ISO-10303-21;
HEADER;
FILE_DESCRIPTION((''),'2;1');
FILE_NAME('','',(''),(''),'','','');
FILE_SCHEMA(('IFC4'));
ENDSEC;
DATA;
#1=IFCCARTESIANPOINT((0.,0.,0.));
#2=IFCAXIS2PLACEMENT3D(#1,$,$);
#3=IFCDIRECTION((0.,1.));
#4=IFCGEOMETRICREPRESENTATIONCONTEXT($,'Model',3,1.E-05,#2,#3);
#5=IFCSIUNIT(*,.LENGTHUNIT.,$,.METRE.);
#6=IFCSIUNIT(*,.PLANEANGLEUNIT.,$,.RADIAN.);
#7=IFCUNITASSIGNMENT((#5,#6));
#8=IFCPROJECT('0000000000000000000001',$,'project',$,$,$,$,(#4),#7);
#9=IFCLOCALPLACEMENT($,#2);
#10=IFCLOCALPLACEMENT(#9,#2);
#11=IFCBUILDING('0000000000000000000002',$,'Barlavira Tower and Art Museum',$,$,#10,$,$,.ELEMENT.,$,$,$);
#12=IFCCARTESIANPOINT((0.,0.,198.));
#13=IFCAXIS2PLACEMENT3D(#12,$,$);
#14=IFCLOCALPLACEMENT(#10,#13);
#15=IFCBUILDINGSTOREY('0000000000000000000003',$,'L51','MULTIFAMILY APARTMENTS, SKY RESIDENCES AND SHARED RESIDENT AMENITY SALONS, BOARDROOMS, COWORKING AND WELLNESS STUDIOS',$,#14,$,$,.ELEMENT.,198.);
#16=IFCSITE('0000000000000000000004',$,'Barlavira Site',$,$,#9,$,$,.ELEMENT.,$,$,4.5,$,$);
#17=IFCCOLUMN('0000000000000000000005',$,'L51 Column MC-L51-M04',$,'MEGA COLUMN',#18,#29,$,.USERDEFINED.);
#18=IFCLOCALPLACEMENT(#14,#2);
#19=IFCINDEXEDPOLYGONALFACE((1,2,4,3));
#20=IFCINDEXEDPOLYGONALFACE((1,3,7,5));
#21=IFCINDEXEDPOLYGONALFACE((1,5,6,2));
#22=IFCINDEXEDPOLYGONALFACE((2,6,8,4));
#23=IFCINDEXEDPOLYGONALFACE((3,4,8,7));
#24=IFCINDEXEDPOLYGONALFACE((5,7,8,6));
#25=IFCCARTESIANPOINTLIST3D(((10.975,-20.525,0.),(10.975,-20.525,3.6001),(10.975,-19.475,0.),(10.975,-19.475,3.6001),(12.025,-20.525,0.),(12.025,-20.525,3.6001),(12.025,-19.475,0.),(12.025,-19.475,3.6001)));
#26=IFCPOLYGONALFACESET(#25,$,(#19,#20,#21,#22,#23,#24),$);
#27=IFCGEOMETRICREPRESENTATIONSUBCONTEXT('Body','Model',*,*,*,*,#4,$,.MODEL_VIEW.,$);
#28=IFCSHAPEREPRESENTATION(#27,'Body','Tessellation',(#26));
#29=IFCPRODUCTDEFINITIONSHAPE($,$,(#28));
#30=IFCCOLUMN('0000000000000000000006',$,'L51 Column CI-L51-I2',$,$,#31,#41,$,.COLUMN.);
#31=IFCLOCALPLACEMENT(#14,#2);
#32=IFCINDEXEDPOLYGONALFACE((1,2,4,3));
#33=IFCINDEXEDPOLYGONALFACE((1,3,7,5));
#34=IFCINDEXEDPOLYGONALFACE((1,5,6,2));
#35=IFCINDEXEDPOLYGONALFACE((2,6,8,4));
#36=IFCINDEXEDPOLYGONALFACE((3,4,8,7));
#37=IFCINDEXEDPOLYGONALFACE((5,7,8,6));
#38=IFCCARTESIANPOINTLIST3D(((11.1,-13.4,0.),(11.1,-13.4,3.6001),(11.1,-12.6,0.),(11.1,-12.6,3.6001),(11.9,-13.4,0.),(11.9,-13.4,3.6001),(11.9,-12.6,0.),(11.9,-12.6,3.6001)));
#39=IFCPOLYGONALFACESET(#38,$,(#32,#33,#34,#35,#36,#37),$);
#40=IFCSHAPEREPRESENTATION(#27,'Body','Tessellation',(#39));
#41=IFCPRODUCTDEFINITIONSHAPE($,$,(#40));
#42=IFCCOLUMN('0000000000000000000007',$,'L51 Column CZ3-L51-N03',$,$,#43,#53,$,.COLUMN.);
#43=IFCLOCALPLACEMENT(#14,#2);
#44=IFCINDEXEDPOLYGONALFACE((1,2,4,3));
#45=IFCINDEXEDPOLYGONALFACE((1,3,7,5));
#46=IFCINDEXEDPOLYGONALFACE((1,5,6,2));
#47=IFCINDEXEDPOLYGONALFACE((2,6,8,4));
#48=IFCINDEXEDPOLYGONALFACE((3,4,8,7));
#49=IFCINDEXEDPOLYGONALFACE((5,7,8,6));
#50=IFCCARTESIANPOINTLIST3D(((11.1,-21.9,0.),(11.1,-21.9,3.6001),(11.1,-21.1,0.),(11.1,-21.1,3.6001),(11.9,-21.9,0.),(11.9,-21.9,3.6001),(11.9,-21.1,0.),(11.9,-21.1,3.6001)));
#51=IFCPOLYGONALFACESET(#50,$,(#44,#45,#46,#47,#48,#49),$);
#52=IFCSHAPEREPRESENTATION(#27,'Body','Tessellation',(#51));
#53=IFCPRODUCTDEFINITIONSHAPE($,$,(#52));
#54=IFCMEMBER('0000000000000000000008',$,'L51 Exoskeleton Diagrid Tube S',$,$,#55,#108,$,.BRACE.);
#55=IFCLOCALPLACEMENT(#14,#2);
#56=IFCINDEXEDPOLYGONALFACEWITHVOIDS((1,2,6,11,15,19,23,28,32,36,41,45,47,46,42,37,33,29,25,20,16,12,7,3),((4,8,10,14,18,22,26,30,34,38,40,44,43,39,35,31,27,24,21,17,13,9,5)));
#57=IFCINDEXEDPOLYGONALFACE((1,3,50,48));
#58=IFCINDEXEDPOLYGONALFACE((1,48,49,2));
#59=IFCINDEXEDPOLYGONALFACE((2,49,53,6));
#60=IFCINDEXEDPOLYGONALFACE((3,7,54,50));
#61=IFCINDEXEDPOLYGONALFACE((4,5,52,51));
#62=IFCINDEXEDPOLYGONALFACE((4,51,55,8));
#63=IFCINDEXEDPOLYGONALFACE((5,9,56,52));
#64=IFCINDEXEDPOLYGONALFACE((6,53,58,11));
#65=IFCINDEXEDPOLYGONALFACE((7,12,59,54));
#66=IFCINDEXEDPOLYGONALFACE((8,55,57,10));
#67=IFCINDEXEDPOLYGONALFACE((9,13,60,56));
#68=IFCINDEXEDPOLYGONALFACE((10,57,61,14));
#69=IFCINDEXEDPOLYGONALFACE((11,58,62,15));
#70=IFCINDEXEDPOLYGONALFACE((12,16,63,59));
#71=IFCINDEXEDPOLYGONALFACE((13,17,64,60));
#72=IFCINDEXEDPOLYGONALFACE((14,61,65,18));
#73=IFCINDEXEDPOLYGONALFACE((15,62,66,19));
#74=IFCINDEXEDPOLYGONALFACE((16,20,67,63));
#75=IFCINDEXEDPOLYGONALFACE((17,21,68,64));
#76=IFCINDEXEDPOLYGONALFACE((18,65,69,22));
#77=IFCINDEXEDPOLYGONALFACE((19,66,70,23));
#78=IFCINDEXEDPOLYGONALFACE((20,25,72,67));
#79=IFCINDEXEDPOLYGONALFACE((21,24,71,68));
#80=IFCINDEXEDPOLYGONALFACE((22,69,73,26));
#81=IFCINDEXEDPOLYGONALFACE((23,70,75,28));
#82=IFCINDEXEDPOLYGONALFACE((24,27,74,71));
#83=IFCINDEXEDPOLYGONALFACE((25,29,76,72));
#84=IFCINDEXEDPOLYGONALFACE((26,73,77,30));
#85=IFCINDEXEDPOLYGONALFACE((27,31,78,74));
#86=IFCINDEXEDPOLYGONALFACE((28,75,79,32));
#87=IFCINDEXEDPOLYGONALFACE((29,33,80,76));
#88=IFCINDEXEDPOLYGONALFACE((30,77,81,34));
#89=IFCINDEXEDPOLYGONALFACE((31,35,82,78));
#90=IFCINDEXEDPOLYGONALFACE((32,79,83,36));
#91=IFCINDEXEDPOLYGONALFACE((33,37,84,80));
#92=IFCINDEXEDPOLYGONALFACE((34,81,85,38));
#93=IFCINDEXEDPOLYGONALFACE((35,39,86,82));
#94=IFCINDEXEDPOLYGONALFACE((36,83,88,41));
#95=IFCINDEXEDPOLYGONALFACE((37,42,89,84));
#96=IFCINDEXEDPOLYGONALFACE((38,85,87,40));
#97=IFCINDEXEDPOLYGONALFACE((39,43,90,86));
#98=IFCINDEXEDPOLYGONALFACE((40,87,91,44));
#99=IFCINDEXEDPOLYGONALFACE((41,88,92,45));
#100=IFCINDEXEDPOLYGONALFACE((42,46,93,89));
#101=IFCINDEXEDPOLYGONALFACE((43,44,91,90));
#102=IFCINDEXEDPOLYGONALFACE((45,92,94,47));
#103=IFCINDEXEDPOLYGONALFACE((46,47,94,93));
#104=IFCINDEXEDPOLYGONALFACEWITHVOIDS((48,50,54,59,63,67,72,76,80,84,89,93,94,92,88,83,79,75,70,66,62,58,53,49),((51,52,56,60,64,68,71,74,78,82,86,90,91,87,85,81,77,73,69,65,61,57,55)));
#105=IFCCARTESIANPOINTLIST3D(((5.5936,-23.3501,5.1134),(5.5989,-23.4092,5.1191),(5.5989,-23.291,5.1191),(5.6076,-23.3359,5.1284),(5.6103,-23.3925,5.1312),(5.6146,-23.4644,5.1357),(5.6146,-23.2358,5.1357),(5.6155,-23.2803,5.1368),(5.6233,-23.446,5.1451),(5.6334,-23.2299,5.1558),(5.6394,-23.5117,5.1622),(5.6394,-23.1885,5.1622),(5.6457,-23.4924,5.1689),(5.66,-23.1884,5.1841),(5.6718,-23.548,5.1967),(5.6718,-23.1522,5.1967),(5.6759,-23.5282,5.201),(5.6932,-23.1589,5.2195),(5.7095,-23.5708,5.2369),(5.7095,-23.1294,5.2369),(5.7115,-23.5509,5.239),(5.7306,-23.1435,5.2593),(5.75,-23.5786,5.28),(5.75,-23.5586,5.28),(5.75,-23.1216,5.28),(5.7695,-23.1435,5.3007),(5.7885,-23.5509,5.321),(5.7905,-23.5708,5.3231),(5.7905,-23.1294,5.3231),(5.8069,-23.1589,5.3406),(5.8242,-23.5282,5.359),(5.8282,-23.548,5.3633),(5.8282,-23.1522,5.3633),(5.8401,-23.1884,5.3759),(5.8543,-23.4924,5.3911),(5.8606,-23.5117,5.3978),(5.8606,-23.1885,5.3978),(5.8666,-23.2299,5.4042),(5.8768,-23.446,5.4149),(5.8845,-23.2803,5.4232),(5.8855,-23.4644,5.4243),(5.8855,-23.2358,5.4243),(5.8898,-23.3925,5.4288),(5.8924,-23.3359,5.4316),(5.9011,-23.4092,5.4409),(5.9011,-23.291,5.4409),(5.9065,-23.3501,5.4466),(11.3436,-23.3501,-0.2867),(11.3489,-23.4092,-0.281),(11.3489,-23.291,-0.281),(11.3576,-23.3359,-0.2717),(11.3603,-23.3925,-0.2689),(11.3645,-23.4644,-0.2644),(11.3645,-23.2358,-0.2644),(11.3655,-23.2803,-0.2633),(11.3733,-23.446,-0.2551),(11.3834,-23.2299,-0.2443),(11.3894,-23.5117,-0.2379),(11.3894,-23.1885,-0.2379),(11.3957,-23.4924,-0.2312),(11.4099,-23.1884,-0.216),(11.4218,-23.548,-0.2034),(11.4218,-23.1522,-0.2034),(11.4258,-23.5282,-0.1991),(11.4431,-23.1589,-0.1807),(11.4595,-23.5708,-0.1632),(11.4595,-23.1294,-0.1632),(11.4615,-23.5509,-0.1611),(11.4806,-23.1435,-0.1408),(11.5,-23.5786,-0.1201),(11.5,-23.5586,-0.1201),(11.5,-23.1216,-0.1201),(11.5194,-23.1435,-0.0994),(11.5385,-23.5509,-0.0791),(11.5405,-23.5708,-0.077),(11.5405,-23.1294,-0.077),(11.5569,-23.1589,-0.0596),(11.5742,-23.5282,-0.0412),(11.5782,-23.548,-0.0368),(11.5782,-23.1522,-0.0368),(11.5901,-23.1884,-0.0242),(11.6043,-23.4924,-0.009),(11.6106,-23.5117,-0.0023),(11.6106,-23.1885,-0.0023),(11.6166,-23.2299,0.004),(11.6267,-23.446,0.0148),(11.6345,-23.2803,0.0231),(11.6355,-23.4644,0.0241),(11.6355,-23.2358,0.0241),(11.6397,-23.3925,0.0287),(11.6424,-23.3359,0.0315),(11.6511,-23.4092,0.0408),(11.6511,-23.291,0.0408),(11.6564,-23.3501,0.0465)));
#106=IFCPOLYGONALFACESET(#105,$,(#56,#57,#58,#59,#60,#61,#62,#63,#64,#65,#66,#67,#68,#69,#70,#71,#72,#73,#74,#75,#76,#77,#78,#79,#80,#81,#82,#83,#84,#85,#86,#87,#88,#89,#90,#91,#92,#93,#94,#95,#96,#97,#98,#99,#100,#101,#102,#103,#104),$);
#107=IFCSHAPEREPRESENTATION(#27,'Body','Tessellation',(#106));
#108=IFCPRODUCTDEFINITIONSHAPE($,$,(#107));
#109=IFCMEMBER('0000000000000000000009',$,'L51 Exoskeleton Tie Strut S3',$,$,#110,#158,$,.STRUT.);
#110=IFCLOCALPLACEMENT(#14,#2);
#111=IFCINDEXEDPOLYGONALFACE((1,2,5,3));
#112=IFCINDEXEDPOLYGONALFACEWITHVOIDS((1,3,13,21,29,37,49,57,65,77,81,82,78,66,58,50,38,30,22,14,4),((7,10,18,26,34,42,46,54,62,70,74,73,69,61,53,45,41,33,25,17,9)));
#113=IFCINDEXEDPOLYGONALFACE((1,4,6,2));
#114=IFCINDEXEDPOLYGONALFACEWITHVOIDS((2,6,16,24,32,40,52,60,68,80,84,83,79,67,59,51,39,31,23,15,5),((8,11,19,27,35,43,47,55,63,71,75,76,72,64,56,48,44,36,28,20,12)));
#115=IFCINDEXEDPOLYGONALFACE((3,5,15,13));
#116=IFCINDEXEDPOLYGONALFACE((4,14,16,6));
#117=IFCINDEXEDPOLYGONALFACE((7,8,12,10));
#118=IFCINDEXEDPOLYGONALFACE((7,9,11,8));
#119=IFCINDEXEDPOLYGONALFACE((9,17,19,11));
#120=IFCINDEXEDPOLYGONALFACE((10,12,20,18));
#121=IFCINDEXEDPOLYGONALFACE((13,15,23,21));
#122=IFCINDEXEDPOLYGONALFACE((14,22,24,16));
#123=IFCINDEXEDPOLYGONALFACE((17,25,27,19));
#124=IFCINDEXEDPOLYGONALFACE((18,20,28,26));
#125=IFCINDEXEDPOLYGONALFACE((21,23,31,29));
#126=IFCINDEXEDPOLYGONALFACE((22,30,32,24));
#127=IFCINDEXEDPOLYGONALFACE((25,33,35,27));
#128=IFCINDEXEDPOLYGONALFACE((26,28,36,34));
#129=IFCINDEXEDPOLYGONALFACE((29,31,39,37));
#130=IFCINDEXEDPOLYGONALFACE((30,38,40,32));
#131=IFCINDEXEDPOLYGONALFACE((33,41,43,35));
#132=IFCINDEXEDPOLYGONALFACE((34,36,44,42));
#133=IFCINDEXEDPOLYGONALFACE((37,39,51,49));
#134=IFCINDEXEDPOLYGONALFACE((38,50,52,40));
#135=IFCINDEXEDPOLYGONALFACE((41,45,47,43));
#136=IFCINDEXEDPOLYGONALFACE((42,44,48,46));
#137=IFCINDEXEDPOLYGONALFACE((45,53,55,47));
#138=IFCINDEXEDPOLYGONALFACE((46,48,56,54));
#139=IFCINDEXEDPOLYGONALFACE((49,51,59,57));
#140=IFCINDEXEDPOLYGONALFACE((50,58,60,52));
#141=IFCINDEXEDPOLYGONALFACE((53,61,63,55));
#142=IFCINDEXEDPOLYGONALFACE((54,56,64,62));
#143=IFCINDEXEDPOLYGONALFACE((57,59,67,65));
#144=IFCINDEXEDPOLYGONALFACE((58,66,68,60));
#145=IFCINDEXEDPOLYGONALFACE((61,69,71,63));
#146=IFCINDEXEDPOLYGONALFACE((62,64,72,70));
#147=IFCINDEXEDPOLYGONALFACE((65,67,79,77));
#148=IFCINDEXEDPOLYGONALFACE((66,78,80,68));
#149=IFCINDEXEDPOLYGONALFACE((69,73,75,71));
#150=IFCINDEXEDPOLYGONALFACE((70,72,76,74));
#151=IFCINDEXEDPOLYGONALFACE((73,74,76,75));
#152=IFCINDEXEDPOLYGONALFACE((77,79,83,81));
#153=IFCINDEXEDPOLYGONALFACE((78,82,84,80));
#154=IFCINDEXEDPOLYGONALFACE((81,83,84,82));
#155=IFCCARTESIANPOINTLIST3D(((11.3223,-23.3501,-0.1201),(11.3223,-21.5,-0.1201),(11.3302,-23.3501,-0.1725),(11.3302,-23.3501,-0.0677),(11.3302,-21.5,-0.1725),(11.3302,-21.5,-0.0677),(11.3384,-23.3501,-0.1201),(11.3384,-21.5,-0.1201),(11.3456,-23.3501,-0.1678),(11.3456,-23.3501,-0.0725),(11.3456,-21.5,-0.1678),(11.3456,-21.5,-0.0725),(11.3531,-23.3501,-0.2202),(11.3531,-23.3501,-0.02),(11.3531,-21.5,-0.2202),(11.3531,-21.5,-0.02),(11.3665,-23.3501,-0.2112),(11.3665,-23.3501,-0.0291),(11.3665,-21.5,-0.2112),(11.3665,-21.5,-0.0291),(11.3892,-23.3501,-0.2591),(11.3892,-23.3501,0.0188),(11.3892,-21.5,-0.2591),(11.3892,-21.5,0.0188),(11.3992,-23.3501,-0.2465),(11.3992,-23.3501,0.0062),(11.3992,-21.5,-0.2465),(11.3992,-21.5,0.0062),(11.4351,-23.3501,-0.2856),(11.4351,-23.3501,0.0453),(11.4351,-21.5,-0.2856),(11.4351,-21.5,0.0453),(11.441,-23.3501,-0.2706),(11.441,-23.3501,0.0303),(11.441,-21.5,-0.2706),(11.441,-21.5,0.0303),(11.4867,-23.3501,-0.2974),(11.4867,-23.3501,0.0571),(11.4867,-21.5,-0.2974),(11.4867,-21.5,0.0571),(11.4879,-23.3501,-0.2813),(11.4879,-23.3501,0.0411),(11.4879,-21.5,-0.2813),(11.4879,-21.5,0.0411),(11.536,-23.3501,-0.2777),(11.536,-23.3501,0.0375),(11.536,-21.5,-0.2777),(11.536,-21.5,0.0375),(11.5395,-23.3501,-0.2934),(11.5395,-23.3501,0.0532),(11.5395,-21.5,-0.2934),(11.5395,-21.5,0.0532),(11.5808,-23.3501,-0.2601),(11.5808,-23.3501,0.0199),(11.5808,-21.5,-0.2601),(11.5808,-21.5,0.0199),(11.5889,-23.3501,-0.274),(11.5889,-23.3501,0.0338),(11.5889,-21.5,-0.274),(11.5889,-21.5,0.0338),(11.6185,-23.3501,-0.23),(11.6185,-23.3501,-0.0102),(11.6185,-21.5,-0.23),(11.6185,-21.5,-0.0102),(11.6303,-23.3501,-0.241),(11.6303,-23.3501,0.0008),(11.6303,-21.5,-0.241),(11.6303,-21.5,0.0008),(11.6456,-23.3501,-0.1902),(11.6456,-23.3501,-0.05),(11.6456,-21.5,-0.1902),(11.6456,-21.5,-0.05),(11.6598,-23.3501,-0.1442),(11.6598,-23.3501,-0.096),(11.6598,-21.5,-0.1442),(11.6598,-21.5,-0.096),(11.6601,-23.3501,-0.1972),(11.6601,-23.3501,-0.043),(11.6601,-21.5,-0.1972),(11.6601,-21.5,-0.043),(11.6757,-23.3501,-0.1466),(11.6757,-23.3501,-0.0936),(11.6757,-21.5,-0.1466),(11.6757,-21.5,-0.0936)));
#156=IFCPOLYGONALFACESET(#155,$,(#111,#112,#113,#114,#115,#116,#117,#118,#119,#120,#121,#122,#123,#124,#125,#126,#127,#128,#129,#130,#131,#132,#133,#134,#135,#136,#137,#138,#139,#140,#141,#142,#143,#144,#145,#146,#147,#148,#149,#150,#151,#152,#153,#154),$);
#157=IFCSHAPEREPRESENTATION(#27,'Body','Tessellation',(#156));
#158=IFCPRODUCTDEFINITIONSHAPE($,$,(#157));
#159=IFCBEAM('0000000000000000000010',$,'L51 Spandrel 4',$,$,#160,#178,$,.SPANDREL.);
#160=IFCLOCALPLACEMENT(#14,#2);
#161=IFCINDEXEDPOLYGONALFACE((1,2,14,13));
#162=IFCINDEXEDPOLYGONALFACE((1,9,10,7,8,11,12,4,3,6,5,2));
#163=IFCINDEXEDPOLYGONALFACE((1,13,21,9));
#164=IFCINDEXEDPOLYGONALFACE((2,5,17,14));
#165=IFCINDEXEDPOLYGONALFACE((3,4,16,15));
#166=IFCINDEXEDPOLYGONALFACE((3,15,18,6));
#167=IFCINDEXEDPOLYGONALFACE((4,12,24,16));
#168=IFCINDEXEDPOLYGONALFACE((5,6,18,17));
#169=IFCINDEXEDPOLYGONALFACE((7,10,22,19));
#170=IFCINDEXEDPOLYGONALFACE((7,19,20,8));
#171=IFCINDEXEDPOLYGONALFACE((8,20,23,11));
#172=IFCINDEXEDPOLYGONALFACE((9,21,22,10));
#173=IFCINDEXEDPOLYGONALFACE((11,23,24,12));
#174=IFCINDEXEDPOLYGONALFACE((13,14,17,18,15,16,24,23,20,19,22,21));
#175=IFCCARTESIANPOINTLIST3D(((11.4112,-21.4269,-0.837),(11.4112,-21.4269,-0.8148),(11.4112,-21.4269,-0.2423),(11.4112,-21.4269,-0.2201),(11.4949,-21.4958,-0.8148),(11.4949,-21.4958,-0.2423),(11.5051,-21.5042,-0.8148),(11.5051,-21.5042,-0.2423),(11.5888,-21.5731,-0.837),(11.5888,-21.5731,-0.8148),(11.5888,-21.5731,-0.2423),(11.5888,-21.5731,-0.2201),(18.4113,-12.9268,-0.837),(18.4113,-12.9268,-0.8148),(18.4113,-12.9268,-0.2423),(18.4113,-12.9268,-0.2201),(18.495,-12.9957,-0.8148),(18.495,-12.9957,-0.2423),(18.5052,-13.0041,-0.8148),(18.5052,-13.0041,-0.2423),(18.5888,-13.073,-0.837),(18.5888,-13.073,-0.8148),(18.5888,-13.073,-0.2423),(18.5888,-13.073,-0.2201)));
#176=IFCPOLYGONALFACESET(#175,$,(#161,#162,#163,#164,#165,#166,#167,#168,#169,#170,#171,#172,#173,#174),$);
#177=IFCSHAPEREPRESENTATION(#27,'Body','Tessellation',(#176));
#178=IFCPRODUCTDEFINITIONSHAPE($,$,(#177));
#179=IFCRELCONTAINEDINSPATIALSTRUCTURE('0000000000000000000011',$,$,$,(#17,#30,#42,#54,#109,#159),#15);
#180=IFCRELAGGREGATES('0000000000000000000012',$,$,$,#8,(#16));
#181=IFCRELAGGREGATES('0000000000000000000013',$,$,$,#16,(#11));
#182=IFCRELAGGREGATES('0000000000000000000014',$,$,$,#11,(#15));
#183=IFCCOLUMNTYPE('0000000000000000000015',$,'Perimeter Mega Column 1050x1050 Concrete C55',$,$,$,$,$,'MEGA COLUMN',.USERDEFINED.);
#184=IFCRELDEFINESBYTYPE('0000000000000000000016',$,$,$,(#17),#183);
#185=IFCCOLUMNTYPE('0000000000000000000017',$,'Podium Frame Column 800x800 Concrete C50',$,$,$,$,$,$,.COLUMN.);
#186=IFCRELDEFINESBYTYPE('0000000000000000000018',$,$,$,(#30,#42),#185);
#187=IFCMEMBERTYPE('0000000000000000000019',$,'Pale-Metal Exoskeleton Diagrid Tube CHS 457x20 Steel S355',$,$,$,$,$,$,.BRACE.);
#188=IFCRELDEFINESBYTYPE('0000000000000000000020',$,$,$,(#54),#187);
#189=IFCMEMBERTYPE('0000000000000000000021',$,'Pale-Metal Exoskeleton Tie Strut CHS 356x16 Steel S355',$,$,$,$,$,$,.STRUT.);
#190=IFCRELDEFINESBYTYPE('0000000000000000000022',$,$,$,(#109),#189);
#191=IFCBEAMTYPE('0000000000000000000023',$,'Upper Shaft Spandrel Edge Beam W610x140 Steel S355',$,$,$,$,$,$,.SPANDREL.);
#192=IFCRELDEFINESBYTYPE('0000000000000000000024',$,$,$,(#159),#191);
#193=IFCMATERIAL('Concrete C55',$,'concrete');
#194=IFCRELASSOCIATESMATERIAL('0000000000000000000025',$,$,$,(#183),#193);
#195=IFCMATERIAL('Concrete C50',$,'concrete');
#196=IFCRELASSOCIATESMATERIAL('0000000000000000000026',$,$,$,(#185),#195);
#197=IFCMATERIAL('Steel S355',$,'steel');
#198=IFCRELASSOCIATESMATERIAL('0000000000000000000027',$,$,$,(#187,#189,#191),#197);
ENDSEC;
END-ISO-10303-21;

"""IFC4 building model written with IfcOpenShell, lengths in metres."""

from ifc_helpers import new_model, si_unit, direction, frame, origin, origin_2d, place, context, subcontext, project, spatial, rectangle, hollow_circle, i_section, extrude, material, material_profile, profile_set, type_object, element, save


model = new_model("IFC4")

# Units and contexts
model_context = context("Model", 3, precision=1e-05, world=origin(), true_north=direction((0.0, 1.0)))
body_context = subcontext(model_context, "Body", "Model", "MODEL_VIEW")
ifc_project = project(units=[si_unit("LENGTHUNIT", "METRE"), si_unit("PLANEANGLEUNIT", "RADIAN")], contexts=[model_context])

# Site, building, storey
site_placement = place(None, origin())
site = spatial("IfcSite", under=ifc_project, at=site_placement, Name="Barlavira Site", CompositionType="ELEMENT", RefElevation=4.5)
building_placement = place(site_placement, origin())
building = spatial("IfcBuilding", under=site, at=building_placement, Name="Barlavira Tower and Art Museum", CompositionType="ELEMENT")
storey_placement = place(building_placement, frame((0.0, 0.0, 198.0)))
storey = spatial("IfcBuildingStorey", under=building, at=storey_placement, Name="L51", Description="MULTIFAMILY APARTMENTS, SKY RESIDENCES AND SHARED RESIDENT AMENITY SALONS, BOARDROOMS, COWORKING AND WELLNESS STUDIOS", CompositionType="ELEMENT", Elevation=198.0)

# Columns
ifc_material_1 = material(Name="Concrete C55", Category="concrete")
ifc_material_profile_1 = material_profile(ifc_material_1, rectangle(XDim=1.05, YDim=1.05, at=origin_2d()), Name="RC-COL 1050x1050")
ifc_profile_set_1 = profile_set([ifc_material_profile_1], Name="Concrete C55")
column_type_1 = type_object("IfcColumnType", Name="Perimeter Mega Column 1050x1050 Concrete C55", ElementType="MEGA COLUMN", PredefinedType="USERDEFINED", material=ifc_profile_set_1)
column_placement = place(storey_placement, frame((11.5, -20.0, 0.0), z_axis=(0.0, 0.0, 1.0), x_axis=(1.0, 0.0, 0.0)))
element("IfcColumn", 1, at=column_placement, inside=storey, type_object=column_type_1, Name="L51 Column MC-L51-M04", ObjectType="MEGA COLUMN", PredefinedType="USERDEFINED", context=body_context, shape_type="SweptSolid", body=[
    extrude(rectangle(XDim=1.05, YDim=1.05, at=origin_2d()), origin(), (0.0, 0.0, 1.0), 3.6001),
])
ifc_material_2 = material(Name="Concrete C50", Category="concrete")
ifc_material_profile_2 = material_profile(ifc_material_2, rectangle(XDim=0.8, YDim=0.8, at=origin_2d()), Name="RC-COL 800x800")
ifc_profile_set_2 = profile_set([ifc_material_profile_2], Name="Concrete C50")
column_type_2 = type_object("IfcColumnType", Name="Podium Frame Column 800x800 Concrete C50", PredefinedType="COLUMN", material=ifc_profile_set_2)
for number, where, z_axis, x_axis, name in (
    (2, (11.5, -13.0, 0.0), (0.0, 0.0, 1.0), (1.0, 0.0, 0.0), "L51 Column CI-L51-I2"),
    (3, (11.5, -21.5, 0.0), (0.0, 0.0, 1.0), (1.0, 0.0, 0.0), "L51 Column CZ3-L51-N03"),
):
    element("IfcColumn", number, at=place(storey_placement, frame(where, z_axis=z_axis, x_axis=x_axis)), inside=storey, type_object=column_type_2, Name=name, PredefinedType="COLUMN", context=body_context, shape_type="SweptSolid", body=[
        extrude(rectangle(XDim=0.8, YDim=0.8, at=origin_2d()), origin(), (0.0, 0.0, 1.0), 3.6001),
    ])

# Members
ifc_material_3 = material(Name="Steel S355", Category="steel")
ifc_material_profile_3 = material_profile(ifc_material_3, hollow_circle(Radius=0.2285, WallThickness=0.02, at=origin_2d()), Name="CHS 457.0x20.0")
ifc_profile_set_3 = profile_set([ifc_material_profile_3], Name="Steel S355")
member_type_1 = type_object("IfcMemberType", Name="Pale-Metal Exoskeleton Diagrid Tube CHS 457x20 Steel S355", PredefinedType="BRACE", material=ifc_profile_set_3)
member_1_placement = place(storey_placement, frame((11.5, -23.3501, -0.1201), z_axis=(-0.728935, 0.0, 0.684583), x_axis=(0.0, -1.0, 0.0)))
element("IfcMember", 4, at=member_1_placement, inside=storey, type_object=member_type_1, Name="L51 Exoskeleton Diagrid Tube S", PredefinedType="BRACE", context=body_context, shape_type="SweptSolid", body=[
    extrude(hollow_circle(Radius=0.2285, WallThickness=0.02, at=origin_2d()), origin(), (0.0, 0.0, 1.0), 7.8882),
])
ifc_material_profile_4 = material_profile(ifc_material_3, hollow_circle(Radius=0.1777, WallThickness=0.0161, at=origin_2d()), Name="CHS 355.6x16.0")
ifc_profile_set_4 = profile_set([ifc_material_profile_4], Name="Steel S355")
member_type_2 = type_object("IfcMemberType", Name="Pale-Metal Exoskeleton Tie Strut CHS 356x16 Steel S355", PredefinedType="STRUT", material=ifc_profile_set_4)
member_2_placement = place(storey_placement, frame((11.5, -23.3501, -0.1201), z_axis=(0.0, 1.0, 0.0), x_axis=(-1.0, 0.0, 0.0)))
element("IfcMember", 5, at=member_2_placement, inside=storey, type_object=member_type_2, Name="L51 Exoskeleton Tie Strut S3", PredefinedType="STRUT", context=body_context, shape_type="SweptSolid", body=[
    extrude(hollow_circle(Radius=0.1777, WallThickness=0.0161, at=origin_2d()), origin(), (0.0, 0.0, 1.0), 1.8501),
])

# Beam
ifc_material_profile_5 = material_profile(ifc_material_3, i_section(OverallWidth=0.23, OverallDepth=0.6169, WebThickness=0.0132, FlangeThickness=0.0222, at=origin_2d()), Name="W610x140.0")
ifc_profile_set_5 = profile_set([ifc_material_profile_5], Name="Steel S355")
beam_type_1 = type_object("IfcBeamType", Name="Upper Shaft Spandrel Edge Beam W610x140 Steel S355", PredefinedType="SPANDREL", material=ifc_profile_set_5)
beam_1_placement = place(storey_placement, frame((11.5, -21.5, -0.5286), z_axis=(0.635707, 0.77193, 0.0), x_axis=(-0.77193, 0.635707, 0.0)))
element("IfcBeam", 6, at=beam_1_placement, inside=storey, type_object=beam_type_1, Name="L51 Spandrel 4", PredefinedType="SPANDREL", context=body_context, shape_type="SweptSolid", body=[
    extrude(i_section(OverallWidth=0.23, OverallDepth=0.6169, WebThickness=0.0132, FlangeThickness=0.0222, at=origin_2d()), origin(), (0.0, 0.0, 1.0), 11.0115),
])

save(model, "model.ifc")
